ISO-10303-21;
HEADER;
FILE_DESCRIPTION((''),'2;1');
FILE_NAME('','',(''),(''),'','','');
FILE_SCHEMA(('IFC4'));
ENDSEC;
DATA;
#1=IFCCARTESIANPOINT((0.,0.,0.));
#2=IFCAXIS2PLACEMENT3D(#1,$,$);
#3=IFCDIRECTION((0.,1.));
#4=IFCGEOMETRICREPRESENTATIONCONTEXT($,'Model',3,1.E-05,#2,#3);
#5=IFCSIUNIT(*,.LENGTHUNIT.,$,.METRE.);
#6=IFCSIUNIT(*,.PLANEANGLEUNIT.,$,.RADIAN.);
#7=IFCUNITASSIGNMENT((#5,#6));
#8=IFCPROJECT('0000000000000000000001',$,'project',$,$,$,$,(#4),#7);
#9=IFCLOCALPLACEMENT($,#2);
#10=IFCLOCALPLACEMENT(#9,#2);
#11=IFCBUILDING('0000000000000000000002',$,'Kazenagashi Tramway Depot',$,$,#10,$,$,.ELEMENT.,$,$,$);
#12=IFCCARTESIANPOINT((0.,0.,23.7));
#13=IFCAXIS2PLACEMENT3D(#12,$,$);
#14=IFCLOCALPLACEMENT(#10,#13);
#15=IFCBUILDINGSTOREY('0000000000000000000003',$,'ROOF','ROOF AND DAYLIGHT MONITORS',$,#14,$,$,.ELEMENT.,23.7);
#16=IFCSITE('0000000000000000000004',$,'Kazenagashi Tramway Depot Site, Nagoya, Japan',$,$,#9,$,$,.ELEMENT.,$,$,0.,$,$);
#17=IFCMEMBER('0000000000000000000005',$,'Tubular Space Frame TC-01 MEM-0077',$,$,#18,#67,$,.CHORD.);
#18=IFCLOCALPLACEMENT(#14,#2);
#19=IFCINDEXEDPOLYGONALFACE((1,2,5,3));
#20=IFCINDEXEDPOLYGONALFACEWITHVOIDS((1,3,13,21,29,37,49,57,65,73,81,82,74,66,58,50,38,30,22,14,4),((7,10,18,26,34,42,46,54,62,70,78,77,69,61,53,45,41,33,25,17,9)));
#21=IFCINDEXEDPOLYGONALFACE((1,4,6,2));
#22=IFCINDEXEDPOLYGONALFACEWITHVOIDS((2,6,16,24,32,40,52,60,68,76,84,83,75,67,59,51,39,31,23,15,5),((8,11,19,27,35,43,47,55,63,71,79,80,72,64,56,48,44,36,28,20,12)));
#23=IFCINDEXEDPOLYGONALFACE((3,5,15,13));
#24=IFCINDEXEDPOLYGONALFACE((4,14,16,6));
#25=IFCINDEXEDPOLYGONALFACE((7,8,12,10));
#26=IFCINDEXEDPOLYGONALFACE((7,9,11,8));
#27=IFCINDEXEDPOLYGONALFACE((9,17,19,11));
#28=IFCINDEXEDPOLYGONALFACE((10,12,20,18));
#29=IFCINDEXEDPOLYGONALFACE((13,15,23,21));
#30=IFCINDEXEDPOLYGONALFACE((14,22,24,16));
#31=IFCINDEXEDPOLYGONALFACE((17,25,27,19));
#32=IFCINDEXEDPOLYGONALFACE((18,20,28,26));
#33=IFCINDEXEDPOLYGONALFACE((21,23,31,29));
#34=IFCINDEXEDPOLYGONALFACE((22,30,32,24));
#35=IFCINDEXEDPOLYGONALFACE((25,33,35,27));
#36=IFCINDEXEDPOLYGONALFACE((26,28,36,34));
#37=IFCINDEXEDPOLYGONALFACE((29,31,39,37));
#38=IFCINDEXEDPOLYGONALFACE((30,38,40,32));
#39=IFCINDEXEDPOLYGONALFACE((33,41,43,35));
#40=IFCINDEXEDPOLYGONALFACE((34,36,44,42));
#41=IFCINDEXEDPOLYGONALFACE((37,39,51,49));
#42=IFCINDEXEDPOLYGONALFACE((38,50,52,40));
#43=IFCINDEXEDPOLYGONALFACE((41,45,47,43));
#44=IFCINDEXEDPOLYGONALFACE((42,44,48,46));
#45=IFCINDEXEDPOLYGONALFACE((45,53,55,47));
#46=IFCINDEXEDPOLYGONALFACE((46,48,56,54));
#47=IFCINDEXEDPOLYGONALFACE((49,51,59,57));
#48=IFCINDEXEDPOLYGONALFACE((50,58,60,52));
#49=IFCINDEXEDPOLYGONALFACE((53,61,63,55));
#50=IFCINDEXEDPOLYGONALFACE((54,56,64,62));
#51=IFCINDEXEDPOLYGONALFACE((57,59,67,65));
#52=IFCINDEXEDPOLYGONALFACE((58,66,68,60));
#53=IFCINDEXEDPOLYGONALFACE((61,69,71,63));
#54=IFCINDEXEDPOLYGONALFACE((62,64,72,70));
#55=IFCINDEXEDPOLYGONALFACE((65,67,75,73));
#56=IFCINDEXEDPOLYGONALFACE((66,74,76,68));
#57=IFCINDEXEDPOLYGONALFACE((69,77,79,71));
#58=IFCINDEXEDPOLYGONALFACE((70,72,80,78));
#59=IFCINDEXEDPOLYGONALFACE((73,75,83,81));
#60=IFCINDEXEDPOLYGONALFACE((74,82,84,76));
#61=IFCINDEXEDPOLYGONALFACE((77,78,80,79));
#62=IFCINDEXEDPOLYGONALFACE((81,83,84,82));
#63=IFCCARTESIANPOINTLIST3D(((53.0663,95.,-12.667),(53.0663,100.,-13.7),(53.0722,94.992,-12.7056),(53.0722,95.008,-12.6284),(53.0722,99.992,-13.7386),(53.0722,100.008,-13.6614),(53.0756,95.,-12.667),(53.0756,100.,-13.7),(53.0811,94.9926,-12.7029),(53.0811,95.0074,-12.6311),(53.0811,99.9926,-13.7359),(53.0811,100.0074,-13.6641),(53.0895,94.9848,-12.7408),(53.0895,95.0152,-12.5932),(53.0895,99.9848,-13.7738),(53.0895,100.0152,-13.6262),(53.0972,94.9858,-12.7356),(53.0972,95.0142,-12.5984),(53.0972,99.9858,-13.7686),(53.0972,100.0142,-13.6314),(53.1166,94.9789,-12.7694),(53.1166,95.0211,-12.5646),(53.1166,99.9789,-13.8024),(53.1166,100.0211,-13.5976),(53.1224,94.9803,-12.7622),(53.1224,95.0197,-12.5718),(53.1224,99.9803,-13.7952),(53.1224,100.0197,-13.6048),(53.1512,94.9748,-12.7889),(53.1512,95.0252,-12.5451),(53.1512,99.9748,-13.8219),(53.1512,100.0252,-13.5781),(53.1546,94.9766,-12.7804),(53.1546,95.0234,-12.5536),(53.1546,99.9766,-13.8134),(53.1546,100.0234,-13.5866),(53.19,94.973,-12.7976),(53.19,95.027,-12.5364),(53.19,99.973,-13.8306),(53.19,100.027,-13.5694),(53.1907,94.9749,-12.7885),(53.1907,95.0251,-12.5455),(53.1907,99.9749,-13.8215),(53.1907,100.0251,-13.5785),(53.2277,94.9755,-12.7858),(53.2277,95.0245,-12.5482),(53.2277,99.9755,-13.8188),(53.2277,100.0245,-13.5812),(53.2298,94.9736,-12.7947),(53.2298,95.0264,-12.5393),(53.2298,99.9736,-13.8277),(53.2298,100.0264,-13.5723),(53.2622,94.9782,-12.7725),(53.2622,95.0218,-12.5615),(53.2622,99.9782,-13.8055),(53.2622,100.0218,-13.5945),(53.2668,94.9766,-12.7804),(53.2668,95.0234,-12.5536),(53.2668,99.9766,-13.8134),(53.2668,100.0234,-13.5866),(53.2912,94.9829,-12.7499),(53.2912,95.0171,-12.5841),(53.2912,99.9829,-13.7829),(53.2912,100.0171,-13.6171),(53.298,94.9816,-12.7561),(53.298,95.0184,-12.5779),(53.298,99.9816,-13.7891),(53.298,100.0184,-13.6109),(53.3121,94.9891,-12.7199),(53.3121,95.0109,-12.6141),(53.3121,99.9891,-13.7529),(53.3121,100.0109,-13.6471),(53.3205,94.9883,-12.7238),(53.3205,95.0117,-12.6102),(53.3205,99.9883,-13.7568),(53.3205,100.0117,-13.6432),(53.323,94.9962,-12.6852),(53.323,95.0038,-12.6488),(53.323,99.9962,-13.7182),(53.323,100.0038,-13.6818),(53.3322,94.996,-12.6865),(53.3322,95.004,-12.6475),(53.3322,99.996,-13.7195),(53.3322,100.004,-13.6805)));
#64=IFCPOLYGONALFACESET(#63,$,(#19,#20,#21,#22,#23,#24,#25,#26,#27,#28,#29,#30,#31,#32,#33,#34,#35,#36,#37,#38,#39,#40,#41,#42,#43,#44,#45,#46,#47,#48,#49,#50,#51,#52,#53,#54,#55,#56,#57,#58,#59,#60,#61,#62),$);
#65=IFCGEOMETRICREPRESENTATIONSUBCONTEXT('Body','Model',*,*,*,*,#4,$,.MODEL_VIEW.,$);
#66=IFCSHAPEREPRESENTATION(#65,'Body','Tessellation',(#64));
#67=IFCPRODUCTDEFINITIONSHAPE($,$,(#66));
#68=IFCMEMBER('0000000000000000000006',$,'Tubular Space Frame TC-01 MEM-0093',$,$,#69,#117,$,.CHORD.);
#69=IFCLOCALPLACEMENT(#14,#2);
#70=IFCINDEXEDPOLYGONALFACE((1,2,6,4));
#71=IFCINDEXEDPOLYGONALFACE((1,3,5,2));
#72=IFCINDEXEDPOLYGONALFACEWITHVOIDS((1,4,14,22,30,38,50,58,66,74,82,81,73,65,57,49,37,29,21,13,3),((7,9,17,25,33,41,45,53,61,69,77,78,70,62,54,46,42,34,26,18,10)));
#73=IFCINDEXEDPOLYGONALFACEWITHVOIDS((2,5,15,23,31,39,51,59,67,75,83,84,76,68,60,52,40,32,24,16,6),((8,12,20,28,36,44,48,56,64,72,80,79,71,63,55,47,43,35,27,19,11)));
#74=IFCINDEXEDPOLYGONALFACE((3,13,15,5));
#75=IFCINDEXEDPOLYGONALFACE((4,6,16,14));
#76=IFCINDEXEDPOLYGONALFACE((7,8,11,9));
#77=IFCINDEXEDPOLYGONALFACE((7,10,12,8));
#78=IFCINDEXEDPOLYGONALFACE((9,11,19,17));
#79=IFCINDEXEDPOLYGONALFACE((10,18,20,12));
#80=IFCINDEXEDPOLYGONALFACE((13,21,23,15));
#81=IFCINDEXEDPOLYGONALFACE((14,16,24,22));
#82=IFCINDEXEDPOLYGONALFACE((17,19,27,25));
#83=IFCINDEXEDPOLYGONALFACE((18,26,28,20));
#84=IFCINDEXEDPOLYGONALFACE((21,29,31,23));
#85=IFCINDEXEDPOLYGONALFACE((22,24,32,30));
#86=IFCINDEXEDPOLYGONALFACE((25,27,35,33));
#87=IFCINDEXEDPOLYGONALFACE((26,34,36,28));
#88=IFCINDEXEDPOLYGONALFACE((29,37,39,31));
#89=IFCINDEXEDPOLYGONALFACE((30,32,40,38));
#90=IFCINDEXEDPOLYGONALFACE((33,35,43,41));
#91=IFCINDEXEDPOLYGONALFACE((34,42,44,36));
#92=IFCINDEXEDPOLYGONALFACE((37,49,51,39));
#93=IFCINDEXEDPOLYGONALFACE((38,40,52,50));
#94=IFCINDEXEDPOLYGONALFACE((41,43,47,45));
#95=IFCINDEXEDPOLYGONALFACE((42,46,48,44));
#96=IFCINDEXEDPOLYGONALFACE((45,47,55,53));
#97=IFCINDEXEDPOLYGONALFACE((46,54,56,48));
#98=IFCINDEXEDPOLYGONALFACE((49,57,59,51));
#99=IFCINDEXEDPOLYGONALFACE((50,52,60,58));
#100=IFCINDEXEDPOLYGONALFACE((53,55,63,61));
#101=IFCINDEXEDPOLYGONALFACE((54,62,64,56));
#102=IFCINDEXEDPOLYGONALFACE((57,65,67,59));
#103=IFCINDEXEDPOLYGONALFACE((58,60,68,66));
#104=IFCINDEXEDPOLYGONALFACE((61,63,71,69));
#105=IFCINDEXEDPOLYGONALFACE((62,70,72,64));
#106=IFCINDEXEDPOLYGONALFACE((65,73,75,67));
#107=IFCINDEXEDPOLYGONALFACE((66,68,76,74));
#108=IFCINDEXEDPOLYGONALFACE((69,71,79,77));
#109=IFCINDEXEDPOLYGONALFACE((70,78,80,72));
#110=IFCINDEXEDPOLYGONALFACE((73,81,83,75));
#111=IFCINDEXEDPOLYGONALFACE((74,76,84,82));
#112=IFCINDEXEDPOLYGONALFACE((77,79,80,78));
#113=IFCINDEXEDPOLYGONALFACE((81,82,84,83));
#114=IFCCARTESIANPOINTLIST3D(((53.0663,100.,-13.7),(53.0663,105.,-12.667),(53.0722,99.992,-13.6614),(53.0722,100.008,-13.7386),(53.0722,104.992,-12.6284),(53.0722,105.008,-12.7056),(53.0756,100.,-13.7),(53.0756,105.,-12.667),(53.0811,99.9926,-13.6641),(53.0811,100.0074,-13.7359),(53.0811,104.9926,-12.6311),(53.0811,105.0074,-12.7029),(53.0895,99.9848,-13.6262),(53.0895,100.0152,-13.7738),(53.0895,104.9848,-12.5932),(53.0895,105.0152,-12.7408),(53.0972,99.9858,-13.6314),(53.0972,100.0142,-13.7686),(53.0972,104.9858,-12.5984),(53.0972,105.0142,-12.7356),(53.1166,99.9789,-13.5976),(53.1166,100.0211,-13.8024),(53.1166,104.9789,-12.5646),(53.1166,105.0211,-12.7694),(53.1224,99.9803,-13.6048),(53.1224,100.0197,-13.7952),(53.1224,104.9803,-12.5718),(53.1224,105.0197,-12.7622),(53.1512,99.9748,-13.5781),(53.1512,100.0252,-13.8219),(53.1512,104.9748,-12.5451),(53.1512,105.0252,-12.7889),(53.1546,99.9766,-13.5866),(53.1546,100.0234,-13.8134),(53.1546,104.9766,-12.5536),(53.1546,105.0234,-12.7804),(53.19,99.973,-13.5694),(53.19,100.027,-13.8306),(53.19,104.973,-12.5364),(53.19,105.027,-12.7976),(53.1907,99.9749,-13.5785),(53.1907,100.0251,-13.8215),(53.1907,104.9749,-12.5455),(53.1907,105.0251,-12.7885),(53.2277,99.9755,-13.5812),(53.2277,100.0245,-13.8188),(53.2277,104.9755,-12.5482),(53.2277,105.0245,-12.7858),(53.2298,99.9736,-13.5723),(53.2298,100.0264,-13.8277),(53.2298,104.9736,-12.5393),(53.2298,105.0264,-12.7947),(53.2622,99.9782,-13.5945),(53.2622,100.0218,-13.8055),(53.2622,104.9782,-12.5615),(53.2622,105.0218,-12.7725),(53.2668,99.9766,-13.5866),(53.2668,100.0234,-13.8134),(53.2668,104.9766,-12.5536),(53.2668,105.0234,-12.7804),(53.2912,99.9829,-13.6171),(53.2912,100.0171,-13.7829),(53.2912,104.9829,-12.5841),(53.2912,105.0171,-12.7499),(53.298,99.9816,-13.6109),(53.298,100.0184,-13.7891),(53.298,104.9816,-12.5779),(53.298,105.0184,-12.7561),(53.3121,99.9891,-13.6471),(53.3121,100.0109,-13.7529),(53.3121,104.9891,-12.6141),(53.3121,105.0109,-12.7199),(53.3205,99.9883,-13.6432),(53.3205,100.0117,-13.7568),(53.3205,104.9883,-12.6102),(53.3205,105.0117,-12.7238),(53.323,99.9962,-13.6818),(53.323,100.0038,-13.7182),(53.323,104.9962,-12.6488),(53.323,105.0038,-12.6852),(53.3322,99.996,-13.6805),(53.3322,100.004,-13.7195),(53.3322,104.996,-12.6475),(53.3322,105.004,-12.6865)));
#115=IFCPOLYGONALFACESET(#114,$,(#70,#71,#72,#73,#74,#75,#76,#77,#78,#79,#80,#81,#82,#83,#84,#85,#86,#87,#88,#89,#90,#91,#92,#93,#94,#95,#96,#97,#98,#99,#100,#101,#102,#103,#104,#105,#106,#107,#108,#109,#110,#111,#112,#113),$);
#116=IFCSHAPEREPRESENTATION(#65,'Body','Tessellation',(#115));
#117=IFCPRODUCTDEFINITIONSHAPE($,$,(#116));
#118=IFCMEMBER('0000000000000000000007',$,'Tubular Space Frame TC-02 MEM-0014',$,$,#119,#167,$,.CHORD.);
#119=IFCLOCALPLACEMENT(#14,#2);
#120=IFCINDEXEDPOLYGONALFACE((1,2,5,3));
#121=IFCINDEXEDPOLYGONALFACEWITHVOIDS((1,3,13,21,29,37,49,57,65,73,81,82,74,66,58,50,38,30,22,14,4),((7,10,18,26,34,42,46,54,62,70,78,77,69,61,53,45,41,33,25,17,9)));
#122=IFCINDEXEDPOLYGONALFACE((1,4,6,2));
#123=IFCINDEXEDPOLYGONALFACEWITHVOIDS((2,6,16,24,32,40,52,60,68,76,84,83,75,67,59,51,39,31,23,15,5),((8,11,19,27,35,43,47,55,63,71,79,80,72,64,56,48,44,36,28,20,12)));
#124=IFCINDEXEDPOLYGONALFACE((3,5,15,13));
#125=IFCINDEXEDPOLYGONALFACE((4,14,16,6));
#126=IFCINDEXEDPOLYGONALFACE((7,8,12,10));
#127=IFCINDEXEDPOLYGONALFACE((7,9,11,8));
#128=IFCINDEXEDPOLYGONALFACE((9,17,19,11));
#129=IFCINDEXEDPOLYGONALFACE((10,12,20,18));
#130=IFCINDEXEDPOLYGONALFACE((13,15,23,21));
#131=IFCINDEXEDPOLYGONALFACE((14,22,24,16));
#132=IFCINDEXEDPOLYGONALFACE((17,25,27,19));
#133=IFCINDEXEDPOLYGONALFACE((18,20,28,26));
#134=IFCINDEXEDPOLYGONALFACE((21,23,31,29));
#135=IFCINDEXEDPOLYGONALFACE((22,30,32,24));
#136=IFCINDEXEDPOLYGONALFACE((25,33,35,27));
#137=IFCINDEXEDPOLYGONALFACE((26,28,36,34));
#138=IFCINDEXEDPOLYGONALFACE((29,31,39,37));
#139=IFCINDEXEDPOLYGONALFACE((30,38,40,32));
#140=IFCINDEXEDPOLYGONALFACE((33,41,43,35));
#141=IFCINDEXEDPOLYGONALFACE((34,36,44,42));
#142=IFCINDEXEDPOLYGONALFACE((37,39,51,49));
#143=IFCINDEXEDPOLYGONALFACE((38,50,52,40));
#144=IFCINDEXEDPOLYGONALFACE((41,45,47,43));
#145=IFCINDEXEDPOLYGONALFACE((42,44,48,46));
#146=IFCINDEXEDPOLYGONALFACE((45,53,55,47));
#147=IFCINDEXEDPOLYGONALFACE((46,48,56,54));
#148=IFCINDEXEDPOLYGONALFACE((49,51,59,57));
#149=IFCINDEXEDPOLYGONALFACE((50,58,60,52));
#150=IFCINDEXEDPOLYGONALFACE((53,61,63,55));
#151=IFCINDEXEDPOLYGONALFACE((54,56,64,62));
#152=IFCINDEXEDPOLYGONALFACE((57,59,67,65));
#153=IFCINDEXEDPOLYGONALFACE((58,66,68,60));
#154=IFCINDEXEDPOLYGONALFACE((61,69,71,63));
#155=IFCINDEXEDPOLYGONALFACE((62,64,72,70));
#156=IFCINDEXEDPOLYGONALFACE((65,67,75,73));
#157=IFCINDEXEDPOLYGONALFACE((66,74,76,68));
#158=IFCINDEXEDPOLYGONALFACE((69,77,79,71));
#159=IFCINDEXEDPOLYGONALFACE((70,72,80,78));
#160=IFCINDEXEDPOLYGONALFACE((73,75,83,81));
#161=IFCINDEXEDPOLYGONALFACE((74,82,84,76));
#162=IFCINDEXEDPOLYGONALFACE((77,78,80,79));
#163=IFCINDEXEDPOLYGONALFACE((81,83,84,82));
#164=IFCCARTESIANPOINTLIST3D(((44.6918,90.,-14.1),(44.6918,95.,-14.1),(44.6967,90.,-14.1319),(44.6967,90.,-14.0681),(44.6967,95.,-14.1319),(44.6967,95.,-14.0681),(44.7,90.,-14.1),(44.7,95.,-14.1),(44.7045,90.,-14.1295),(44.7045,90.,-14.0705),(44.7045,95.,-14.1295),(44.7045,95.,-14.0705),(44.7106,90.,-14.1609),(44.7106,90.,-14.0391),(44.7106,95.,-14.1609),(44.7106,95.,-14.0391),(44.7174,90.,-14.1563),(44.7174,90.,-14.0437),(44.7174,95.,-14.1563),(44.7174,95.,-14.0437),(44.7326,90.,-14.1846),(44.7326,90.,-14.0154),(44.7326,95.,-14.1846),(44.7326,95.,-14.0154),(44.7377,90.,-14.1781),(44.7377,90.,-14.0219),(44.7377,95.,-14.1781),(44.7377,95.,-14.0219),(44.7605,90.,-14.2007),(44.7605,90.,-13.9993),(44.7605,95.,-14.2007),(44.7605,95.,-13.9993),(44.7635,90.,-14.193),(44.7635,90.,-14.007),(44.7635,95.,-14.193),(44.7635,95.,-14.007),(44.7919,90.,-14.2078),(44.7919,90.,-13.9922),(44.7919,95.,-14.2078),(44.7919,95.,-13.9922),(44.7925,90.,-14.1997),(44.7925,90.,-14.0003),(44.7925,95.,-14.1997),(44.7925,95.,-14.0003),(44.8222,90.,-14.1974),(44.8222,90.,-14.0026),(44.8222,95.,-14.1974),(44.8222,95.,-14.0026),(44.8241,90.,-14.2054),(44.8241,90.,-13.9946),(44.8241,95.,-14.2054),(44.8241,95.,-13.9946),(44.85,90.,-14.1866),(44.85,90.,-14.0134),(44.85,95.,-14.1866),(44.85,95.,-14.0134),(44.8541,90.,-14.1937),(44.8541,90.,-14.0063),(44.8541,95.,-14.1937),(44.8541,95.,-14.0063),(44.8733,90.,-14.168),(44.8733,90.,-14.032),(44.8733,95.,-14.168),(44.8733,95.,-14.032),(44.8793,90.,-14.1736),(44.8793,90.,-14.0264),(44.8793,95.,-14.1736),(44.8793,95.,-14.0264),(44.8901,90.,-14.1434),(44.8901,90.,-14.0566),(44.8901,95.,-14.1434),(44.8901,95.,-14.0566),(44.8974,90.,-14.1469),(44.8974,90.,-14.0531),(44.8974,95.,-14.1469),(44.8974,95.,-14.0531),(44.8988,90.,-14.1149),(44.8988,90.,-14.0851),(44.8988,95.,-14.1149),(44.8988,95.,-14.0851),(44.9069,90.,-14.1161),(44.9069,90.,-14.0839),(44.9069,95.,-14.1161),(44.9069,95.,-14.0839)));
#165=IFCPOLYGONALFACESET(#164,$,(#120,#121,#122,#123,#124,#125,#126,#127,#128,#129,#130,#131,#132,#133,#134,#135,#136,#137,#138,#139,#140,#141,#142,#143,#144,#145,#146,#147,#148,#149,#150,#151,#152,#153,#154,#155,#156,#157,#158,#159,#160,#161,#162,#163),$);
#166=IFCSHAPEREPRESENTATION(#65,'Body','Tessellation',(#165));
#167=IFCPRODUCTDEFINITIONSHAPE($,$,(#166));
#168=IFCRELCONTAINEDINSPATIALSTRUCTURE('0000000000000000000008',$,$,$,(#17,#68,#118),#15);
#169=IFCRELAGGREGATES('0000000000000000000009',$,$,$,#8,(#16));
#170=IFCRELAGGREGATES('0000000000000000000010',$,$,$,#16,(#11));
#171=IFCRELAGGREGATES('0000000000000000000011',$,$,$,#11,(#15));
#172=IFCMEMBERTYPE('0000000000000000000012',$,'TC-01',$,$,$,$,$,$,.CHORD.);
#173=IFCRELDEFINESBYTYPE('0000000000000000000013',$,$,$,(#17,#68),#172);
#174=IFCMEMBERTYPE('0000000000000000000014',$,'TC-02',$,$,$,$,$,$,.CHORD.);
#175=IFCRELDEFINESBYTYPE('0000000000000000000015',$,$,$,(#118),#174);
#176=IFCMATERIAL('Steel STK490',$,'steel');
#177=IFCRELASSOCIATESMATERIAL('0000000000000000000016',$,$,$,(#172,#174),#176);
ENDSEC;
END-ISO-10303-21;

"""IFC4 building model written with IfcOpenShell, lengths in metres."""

from ifc_helpers import new_model, si_unit, direction, frame, origin, origin_2d, place, context, subcontext, project, spatial, hollow_circle, extrude, material, material_profile, profile_set, type_object, element, save


model = new_model("IFC4")

# Units and contexts
model_context = context("Model", 3, precision=1e-05, world=origin(), true_north=direction((0.0, 1.0)))
body_context = subcontext(model_context, "Body", "Model", "MODEL_VIEW")
ifc_project = project(units=[si_unit("LENGTHUNIT", "METRE"), si_unit("PLANEANGLEUNIT", "RADIAN")], contexts=[model_context])

# Site, building, storey
site_placement = place(None, origin())
site = spatial("IfcSite", under=ifc_project, at=site_placement, Name="Kazenagashi Tramway Depot Site, Nagoya, Japan", CompositionType="ELEMENT", RefElevation=0.0)
building_placement = place(site_placement, origin())
building = spatial("IfcBuilding", under=site, at=building_placement, Name="Kazenagashi Tramway Depot", CompositionType="ELEMENT")
storey_placement = place(building_placement, frame((0.0, 0.0, 23.7)))
storey = spatial("IfcBuildingStorey", under=building, at=storey_placement, Name="ROOF", Description="ROOF AND DAYLIGHT MONITORS", CompositionType="ELEMENT", Elevation=23.7)

# Members
ifc_material_1 = material(Name="Steel STK490", Category="steel")
ifc_material_profile_1 = material_profile(ifc_material_1, hollow_circle(Radius=0.1337, WallThickness=0.0093, at=origin_2d()), Name="CHS-267.4x9.3")
ifc_profile_set_1 = profile_set([ifc_material_profile_1], Name="Steel STK490")
member_type_1 = type_object("IfcMemberType", Name="TC-01", PredefinedType="CHORD", material=ifc_profile_set_1)
for number, where, z_axis, x_axis, name in (
    (1, (53.2, 95.0, -12.667), (0.0, 0.979318, -0.202327), (-1.0, 0.0, 0.0), "Tubular Space Frame TC-01 MEM-0077"),
    (2, (53.2, 100.0, -13.7), (0.0, 0.979318, 0.202327), (-1.0, 0.0, 0.0), "Tubular Space Frame TC-01 MEM-0093"),
):
    element("IfcMember", number, at=place(storey_placement, frame(where, z_axis=z_axis, x_axis=x_axis)), inside=storey, type_object=member_type_1, Name=name, PredefinedType="CHORD", context=body_context, shape_type="SweptSolid", body=[
        extrude(hollow_circle(Radius=0.1337, WallThickness=0.0093, at=origin_2d()), origin(), (0.0, 0.0, 1.0), 5.1056),
    ])
ifc_material_profile_2 = material_profile(ifc_material_1, hollow_circle(Radius=0.1081, WallThickness=0.0082, at=origin_2d()), Name="CHS-216.3x8.2")
ifc_profile_set_2 = profile_set([ifc_material_profile_2], Name="Steel STK490")
member_type_2 = type_object("IfcMemberType", Name="TC-02", PredefinedType="CHORD", material=ifc_profile_set_2)
for number, where, z_axis, x_axis, name in (
    (3, (44.8, 90.0, -14.1), (0.0, 1.0, 0.0), (-1.0, 0.0, 0.0), "Tubular Space Frame TC-02 MEM-0014"),
):
    element("IfcMember", number, at=place(storey_placement, frame(where, z_axis=z_axis, x_axis=x_axis)), inside=storey, type_object=member_type_2, Name=name, PredefinedType="CHORD", context=body_context, shape_type="SweptSolid", body=[
        extrude(hollow_circle(Radius=0.1081, WallThickness=0.0082, at=origin_2d()), origin(), (0.0, 0.0, 1.0), 5.0),
    ])

save(model, "model.ifc")
